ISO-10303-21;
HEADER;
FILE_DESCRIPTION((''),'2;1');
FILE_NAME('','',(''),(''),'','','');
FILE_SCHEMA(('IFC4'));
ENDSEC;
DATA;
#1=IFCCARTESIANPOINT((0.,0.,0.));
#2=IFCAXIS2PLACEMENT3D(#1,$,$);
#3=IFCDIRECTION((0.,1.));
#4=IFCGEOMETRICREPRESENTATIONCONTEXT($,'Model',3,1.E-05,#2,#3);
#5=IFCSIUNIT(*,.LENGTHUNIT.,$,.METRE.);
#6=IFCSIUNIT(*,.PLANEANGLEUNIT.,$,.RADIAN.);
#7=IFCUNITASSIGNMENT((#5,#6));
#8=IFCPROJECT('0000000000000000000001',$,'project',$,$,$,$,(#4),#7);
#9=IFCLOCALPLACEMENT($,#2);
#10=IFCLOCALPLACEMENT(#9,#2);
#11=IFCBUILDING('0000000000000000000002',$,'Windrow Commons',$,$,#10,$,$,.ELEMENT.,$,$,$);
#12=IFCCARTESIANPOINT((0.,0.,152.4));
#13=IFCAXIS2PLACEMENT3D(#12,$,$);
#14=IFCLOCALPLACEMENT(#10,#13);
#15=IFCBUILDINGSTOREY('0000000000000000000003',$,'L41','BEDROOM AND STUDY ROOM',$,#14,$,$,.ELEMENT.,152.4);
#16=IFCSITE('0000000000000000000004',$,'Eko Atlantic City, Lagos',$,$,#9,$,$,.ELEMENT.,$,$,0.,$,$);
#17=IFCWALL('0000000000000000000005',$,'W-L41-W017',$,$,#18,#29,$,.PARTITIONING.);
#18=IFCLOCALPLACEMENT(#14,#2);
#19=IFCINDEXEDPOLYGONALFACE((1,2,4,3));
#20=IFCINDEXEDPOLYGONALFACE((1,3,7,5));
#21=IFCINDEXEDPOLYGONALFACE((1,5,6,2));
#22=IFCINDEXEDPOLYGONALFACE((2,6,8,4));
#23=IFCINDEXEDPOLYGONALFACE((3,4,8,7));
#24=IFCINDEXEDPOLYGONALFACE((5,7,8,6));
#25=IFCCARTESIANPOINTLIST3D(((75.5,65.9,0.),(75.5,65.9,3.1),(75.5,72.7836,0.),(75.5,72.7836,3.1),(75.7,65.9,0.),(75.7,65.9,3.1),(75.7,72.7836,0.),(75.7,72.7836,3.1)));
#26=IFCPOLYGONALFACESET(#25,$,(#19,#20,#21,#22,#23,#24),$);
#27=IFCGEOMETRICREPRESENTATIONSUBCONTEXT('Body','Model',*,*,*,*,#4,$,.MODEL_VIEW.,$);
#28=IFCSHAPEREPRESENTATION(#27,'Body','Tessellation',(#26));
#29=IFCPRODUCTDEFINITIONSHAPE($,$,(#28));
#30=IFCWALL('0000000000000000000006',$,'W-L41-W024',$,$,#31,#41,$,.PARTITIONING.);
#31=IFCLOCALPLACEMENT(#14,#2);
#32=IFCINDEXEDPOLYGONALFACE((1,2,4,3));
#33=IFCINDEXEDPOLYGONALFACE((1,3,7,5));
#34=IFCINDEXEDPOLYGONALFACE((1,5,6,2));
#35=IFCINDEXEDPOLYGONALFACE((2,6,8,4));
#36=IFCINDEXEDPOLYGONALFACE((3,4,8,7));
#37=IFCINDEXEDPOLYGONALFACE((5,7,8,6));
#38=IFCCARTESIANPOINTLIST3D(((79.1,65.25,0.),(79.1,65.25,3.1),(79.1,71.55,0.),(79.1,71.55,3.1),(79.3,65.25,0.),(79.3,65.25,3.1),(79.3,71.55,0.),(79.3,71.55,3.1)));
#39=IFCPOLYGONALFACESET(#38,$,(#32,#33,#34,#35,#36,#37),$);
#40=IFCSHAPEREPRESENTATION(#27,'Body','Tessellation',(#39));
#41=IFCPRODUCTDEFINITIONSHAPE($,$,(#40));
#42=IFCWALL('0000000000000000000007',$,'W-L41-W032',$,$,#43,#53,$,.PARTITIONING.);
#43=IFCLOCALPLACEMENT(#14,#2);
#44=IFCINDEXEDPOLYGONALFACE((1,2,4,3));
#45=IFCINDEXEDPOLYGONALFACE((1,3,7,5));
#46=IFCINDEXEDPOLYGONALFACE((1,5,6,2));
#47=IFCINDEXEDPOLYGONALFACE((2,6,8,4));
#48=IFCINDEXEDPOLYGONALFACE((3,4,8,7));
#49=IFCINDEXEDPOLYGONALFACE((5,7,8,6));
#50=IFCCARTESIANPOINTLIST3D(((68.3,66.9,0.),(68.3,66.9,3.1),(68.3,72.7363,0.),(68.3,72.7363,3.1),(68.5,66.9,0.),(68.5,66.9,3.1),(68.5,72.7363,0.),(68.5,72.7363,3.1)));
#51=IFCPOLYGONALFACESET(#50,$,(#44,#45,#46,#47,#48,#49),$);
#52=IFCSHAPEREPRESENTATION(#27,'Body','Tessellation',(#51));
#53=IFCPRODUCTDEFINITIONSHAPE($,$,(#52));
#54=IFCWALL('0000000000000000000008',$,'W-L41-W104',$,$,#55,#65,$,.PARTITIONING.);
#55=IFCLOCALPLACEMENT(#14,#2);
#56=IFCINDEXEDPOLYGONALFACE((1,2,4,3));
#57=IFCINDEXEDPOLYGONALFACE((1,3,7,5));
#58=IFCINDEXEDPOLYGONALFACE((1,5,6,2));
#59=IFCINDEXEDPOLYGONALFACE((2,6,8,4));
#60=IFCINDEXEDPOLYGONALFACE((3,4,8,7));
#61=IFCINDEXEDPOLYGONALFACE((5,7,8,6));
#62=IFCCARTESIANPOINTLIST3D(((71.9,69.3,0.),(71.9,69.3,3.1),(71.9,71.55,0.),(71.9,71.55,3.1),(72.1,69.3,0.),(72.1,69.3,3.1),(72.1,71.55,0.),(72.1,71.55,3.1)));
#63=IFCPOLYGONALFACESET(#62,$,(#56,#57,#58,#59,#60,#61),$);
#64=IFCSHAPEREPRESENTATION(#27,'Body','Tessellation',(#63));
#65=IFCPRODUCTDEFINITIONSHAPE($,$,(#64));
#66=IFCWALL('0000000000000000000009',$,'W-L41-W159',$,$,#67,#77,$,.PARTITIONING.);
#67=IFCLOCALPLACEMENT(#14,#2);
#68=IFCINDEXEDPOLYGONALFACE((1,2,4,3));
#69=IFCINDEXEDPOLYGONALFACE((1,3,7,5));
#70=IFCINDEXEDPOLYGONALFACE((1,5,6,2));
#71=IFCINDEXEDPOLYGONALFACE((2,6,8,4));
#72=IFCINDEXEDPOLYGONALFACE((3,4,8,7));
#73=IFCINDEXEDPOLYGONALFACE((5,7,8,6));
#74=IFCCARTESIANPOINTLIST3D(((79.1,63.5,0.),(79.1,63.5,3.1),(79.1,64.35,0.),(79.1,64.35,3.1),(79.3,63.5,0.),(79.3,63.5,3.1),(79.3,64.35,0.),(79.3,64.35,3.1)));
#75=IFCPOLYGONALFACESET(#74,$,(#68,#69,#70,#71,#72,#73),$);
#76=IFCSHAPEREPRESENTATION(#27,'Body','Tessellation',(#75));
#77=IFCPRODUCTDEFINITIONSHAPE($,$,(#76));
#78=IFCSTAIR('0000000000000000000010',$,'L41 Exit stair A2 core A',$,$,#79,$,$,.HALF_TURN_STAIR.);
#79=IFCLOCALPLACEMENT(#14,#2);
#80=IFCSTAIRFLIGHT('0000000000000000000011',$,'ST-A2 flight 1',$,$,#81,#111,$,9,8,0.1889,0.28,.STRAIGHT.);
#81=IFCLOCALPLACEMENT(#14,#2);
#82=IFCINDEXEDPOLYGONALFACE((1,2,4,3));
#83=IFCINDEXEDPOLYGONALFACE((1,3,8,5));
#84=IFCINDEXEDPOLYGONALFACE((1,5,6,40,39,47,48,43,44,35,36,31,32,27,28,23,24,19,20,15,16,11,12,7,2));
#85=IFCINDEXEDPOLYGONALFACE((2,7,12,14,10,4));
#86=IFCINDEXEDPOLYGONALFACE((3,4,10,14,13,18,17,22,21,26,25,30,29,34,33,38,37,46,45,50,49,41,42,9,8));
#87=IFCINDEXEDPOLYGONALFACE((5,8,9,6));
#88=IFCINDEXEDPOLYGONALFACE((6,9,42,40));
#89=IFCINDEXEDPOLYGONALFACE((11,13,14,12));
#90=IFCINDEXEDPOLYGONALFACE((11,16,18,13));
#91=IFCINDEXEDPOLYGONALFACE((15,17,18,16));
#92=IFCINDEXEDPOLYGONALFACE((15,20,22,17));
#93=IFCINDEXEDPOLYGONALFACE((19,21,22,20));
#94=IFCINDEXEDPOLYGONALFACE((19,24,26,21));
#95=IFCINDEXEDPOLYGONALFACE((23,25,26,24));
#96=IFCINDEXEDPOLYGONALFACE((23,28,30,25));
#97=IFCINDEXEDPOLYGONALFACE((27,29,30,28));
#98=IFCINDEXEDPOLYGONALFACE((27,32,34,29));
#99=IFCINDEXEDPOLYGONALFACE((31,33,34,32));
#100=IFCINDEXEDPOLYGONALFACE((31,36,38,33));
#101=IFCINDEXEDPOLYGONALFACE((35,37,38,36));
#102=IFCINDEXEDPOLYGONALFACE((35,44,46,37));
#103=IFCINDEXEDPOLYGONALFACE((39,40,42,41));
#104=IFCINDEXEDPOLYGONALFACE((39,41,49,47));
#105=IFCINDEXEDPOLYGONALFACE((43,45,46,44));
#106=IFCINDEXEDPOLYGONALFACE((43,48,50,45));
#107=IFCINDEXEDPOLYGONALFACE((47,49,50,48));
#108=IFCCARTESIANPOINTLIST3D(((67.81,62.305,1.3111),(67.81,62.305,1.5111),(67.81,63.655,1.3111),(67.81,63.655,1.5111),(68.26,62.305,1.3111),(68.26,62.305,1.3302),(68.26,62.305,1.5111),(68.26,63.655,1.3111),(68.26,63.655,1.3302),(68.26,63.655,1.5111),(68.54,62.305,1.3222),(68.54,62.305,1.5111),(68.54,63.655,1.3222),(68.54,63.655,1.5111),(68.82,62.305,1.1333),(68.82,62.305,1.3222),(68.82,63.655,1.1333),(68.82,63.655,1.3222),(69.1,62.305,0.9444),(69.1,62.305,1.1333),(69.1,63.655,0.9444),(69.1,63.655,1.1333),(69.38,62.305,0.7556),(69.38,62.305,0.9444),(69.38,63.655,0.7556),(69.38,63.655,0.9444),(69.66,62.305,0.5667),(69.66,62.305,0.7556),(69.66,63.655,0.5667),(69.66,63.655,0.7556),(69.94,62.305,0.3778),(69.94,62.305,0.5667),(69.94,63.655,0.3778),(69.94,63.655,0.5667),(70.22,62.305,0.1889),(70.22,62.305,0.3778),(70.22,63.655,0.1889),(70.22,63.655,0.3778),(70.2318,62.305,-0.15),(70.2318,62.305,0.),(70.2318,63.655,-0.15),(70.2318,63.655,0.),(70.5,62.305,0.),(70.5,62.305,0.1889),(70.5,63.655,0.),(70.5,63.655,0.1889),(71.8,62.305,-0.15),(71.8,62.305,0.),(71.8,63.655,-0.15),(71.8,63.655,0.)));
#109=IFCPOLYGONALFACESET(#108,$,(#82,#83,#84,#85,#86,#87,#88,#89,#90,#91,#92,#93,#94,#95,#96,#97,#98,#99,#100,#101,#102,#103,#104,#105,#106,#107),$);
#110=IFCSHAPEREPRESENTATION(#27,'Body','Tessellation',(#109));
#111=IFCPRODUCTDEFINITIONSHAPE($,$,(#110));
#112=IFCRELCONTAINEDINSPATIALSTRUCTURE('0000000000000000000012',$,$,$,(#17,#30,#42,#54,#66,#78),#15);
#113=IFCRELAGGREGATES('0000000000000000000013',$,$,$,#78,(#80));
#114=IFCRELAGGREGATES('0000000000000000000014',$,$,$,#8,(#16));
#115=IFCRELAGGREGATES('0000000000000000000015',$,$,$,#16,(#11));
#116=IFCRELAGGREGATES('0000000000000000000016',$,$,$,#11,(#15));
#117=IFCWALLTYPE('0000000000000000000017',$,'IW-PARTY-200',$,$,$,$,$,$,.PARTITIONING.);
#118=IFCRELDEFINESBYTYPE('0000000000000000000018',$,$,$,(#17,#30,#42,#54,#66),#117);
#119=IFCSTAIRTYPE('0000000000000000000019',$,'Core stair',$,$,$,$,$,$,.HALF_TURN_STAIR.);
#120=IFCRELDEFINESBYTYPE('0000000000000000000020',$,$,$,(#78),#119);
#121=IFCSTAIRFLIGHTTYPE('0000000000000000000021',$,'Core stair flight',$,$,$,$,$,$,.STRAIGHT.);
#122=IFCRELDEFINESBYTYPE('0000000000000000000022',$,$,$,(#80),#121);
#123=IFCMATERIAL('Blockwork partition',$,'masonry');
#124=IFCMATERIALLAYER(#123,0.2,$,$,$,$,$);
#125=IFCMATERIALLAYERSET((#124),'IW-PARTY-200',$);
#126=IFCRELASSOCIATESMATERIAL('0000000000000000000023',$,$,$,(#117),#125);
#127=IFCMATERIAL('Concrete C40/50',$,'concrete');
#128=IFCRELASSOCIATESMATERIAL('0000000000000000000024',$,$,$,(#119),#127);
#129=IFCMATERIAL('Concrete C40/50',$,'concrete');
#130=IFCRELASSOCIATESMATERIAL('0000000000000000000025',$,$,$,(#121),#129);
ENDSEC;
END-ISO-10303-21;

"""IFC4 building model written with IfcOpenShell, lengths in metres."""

from ifc_helpers import new_model, si_unit, direction, frame, frame_2d, origin, place, context, subcontext, project, spatial, polyline, rectangle, outline, extrude, material, layer, layer_set, type_object, element, aggregate, save


model = new_model("IFC4")

# Units and contexts
model_context = context("Model", 3, precision=1e-05, world=origin(), true_north=direction((0.0, 1.0)))
body_context = subcontext(model_context, "Body", "Model", "MODEL_VIEW")
ifc_project = project(units=[si_unit("LENGTHUNIT", "METRE"), si_unit("PLANEANGLEUNIT", "RADIAN")], contexts=[model_context])

# Site, building, storey
site_placement = place(None, origin())
site = spatial("IfcSite", under=ifc_project, at=site_placement, Name="Eko Atlantic City, Lagos", CompositionType="ELEMENT", RefElevation=0.0)
building_placement = place(site_placement, origin())
building = spatial("IfcBuilding", under=site, at=building_placement, Name="Windrow Commons", CompositionType="ELEMENT")
storey_placement = place(building_placement, frame((0.0, 0.0, 152.4)))
storey = spatial("IfcBuildingStorey", under=building, at=storey_placement, Name="L41", Description="BEDROOM AND STUDY ROOM", CompositionType="ELEMENT", Elevation=152.4)

# Walls
ifc_material_1 = material(Name="Blockwork partition", Category="masonry")
ifc_layer_1 = layer(ifc_material_1, 0.2)
ifc_layer_set_1 = layer_set([ifc_layer_1], Name="IW-PARTY-200")
wall_type_1 = type_object("IfcWallType", Name="IW-PARTY-200", PredefinedType="PARTITIONING", material=ifc_layer_set_1)
wall_1_placement = place(storey_placement, frame((75.6, 65.9, 0.0), z_axis=(0.0, 0.0, 1.0), x_axis=(0.0, 1.0, 0.0)))
element("IfcWall", 1, at=wall_1_placement, inside=storey, type_object=wall_type_1, Name="W-L41-W017", PredefinedType="PARTITIONING", context=body_context, shape_type="SweptSolid", body=[
    extrude(rectangle(XDim=6.8836, YDim=0.2, at=frame_2d((3.4418, 0.0))), origin(), (0.0, 0.0, 1.0), 3.1),
])
wall_2_placement = place(storey_placement, frame((79.2, 65.25, 0.0), z_axis=(0.0, 0.0, 1.0), x_axis=(0.0, 1.0, 0.0)))
element("IfcWall", 2, at=wall_2_placement, inside=storey, type_object=wall_type_1, Name="W-L41-W024", PredefinedType="PARTITIONING", context=body_context, shape_type="SweptSolid", body=[
    extrude(rectangle(XDim=6.3, YDim=0.2, at=frame_2d((3.15, 0.0))), origin(), (0.0, 0.0, 1.0), 3.1),
])
wall_3_placement = place(storey_placement, frame((68.4, 66.9, 0.0), z_axis=(0.0, 0.0, 1.0), x_axis=(0.0, 1.0, 0.0)))
element("IfcWall", 3, at=wall_3_placement, inside=storey, type_object=wall_type_1, Name="W-L41-W032", PredefinedType="PARTITIONING", context=body_context, shape_type="SweptSolid", body=[
    extrude(rectangle(XDim=5.8363, YDim=0.2, at=frame_2d((2.9181, 0.0))), origin(), (0.0, 0.0, 1.0), 3.1),
])
wall_4_placement = place(storey_placement, frame((72.0, 69.3, 0.0), z_axis=(0.0, 0.0, 1.0), x_axis=(0.0, 1.0, 0.0)))
element("IfcWall", 4, at=wall_4_placement, inside=storey, type_object=wall_type_1, Name="W-L41-W104", PredefinedType="PARTITIONING", context=body_context, shape_type="SweptSolid", body=[
    extrude(rectangle(XDim=2.25, YDim=0.2, at=frame_2d((1.125, 0.0))), origin(), (0.0, 0.0, 1.0), 3.1),
])
wall_5_placement = place(storey_placement, frame((79.2, 63.5, 0.0), z_axis=(0.0, 0.0, 1.0), x_axis=(0.0, 1.0, 0.0)))
element("IfcWall", 5, at=wall_5_placement, inside=storey, type_object=wall_type_1, Name="W-L41-W159", PredefinedType="PARTITIONING", context=body_context, shape_type="SweptSolid", body=[
    extrude(rectangle(XDim=0.85, YDim=0.2, at=frame_2d((0.425, 0.0))), origin(), (0.0, 0.0, 1.0), 3.1),
])

# Stair, stair flight
ifc_material_2 = material(Name="Concrete C40/50", Category="concrete")
stair_type = type_object("IfcStairType", Name="Core stair", PredefinedType="HALF_TURN_STAIR", material=ifc_material_2)
stair_placement = place(storey_placement, origin())
stair = element("IfcStair", 6, at=stair_placement, inside=storey, type_object=stair_type, Name="L41 Exit stair A2 core A", PredefinedType="HALF_TURN_STAIR")
ifc_material_3 = material(Name="Concrete C40/50", Category="concrete")
stair_flight_type = type_object("IfcStairFlightType", Name="Core stair flight", PredefinedType="STRAIGHT", material=ifc_material_3)
stair_flight_placement = place(storey_placement, frame((70.5, 62.98, 0.0), z_axis=(0.0, 0.0, 1.0), x_axis=(-1.0, 0.0, 0.0)))
stair_flight = element("IfcStairFlight", 7, at=stair_flight_placement, type_object=stair_flight_type, Name="ST-A2 flight 1", NumberOfRisers=9, NumberOfTreads=8, PredefinedType="STRAIGHT", RiserHeight=0.1889, TreadLength=0.28, context=body_context, shape_type="SweptSolid", body=[
    extrude(outline(polyline([(-1.3, -0.15), (-1.3, 0.0), (0.0, 0.0), (0.0, 0.1889), (0.28, 0.1889), (0.28, 0.3778), (0.56, 0.3778), (0.56, 0.5667), (0.84, 0.5667), (0.84, 0.7556), (1.12, 0.7556), (1.12, 0.9444), (1.4, 0.9444), (1.4, 1.1333), (1.68, 1.1333), (1.68, 1.3222), (1.96, 1.3222), (1.96, 1.5111), (2.24, 1.5111), (2.69, 1.5111), (2.69, 1.3111), (2.24, 1.3111), (2.24, 1.3302), (0.2682, 0.0), (0.2682, -0.15), (-1.3, -0.15)])), frame((0.0, 0.675, 0.0), z_axis=(0.0, -1.0, 0.0), x_axis=(1.0, 0.0, 0.0)), (0.0, 0.0, 1.0), 1.35),
])
aggregate(stair, [stair_flight])

save(model, "model.ifc")
